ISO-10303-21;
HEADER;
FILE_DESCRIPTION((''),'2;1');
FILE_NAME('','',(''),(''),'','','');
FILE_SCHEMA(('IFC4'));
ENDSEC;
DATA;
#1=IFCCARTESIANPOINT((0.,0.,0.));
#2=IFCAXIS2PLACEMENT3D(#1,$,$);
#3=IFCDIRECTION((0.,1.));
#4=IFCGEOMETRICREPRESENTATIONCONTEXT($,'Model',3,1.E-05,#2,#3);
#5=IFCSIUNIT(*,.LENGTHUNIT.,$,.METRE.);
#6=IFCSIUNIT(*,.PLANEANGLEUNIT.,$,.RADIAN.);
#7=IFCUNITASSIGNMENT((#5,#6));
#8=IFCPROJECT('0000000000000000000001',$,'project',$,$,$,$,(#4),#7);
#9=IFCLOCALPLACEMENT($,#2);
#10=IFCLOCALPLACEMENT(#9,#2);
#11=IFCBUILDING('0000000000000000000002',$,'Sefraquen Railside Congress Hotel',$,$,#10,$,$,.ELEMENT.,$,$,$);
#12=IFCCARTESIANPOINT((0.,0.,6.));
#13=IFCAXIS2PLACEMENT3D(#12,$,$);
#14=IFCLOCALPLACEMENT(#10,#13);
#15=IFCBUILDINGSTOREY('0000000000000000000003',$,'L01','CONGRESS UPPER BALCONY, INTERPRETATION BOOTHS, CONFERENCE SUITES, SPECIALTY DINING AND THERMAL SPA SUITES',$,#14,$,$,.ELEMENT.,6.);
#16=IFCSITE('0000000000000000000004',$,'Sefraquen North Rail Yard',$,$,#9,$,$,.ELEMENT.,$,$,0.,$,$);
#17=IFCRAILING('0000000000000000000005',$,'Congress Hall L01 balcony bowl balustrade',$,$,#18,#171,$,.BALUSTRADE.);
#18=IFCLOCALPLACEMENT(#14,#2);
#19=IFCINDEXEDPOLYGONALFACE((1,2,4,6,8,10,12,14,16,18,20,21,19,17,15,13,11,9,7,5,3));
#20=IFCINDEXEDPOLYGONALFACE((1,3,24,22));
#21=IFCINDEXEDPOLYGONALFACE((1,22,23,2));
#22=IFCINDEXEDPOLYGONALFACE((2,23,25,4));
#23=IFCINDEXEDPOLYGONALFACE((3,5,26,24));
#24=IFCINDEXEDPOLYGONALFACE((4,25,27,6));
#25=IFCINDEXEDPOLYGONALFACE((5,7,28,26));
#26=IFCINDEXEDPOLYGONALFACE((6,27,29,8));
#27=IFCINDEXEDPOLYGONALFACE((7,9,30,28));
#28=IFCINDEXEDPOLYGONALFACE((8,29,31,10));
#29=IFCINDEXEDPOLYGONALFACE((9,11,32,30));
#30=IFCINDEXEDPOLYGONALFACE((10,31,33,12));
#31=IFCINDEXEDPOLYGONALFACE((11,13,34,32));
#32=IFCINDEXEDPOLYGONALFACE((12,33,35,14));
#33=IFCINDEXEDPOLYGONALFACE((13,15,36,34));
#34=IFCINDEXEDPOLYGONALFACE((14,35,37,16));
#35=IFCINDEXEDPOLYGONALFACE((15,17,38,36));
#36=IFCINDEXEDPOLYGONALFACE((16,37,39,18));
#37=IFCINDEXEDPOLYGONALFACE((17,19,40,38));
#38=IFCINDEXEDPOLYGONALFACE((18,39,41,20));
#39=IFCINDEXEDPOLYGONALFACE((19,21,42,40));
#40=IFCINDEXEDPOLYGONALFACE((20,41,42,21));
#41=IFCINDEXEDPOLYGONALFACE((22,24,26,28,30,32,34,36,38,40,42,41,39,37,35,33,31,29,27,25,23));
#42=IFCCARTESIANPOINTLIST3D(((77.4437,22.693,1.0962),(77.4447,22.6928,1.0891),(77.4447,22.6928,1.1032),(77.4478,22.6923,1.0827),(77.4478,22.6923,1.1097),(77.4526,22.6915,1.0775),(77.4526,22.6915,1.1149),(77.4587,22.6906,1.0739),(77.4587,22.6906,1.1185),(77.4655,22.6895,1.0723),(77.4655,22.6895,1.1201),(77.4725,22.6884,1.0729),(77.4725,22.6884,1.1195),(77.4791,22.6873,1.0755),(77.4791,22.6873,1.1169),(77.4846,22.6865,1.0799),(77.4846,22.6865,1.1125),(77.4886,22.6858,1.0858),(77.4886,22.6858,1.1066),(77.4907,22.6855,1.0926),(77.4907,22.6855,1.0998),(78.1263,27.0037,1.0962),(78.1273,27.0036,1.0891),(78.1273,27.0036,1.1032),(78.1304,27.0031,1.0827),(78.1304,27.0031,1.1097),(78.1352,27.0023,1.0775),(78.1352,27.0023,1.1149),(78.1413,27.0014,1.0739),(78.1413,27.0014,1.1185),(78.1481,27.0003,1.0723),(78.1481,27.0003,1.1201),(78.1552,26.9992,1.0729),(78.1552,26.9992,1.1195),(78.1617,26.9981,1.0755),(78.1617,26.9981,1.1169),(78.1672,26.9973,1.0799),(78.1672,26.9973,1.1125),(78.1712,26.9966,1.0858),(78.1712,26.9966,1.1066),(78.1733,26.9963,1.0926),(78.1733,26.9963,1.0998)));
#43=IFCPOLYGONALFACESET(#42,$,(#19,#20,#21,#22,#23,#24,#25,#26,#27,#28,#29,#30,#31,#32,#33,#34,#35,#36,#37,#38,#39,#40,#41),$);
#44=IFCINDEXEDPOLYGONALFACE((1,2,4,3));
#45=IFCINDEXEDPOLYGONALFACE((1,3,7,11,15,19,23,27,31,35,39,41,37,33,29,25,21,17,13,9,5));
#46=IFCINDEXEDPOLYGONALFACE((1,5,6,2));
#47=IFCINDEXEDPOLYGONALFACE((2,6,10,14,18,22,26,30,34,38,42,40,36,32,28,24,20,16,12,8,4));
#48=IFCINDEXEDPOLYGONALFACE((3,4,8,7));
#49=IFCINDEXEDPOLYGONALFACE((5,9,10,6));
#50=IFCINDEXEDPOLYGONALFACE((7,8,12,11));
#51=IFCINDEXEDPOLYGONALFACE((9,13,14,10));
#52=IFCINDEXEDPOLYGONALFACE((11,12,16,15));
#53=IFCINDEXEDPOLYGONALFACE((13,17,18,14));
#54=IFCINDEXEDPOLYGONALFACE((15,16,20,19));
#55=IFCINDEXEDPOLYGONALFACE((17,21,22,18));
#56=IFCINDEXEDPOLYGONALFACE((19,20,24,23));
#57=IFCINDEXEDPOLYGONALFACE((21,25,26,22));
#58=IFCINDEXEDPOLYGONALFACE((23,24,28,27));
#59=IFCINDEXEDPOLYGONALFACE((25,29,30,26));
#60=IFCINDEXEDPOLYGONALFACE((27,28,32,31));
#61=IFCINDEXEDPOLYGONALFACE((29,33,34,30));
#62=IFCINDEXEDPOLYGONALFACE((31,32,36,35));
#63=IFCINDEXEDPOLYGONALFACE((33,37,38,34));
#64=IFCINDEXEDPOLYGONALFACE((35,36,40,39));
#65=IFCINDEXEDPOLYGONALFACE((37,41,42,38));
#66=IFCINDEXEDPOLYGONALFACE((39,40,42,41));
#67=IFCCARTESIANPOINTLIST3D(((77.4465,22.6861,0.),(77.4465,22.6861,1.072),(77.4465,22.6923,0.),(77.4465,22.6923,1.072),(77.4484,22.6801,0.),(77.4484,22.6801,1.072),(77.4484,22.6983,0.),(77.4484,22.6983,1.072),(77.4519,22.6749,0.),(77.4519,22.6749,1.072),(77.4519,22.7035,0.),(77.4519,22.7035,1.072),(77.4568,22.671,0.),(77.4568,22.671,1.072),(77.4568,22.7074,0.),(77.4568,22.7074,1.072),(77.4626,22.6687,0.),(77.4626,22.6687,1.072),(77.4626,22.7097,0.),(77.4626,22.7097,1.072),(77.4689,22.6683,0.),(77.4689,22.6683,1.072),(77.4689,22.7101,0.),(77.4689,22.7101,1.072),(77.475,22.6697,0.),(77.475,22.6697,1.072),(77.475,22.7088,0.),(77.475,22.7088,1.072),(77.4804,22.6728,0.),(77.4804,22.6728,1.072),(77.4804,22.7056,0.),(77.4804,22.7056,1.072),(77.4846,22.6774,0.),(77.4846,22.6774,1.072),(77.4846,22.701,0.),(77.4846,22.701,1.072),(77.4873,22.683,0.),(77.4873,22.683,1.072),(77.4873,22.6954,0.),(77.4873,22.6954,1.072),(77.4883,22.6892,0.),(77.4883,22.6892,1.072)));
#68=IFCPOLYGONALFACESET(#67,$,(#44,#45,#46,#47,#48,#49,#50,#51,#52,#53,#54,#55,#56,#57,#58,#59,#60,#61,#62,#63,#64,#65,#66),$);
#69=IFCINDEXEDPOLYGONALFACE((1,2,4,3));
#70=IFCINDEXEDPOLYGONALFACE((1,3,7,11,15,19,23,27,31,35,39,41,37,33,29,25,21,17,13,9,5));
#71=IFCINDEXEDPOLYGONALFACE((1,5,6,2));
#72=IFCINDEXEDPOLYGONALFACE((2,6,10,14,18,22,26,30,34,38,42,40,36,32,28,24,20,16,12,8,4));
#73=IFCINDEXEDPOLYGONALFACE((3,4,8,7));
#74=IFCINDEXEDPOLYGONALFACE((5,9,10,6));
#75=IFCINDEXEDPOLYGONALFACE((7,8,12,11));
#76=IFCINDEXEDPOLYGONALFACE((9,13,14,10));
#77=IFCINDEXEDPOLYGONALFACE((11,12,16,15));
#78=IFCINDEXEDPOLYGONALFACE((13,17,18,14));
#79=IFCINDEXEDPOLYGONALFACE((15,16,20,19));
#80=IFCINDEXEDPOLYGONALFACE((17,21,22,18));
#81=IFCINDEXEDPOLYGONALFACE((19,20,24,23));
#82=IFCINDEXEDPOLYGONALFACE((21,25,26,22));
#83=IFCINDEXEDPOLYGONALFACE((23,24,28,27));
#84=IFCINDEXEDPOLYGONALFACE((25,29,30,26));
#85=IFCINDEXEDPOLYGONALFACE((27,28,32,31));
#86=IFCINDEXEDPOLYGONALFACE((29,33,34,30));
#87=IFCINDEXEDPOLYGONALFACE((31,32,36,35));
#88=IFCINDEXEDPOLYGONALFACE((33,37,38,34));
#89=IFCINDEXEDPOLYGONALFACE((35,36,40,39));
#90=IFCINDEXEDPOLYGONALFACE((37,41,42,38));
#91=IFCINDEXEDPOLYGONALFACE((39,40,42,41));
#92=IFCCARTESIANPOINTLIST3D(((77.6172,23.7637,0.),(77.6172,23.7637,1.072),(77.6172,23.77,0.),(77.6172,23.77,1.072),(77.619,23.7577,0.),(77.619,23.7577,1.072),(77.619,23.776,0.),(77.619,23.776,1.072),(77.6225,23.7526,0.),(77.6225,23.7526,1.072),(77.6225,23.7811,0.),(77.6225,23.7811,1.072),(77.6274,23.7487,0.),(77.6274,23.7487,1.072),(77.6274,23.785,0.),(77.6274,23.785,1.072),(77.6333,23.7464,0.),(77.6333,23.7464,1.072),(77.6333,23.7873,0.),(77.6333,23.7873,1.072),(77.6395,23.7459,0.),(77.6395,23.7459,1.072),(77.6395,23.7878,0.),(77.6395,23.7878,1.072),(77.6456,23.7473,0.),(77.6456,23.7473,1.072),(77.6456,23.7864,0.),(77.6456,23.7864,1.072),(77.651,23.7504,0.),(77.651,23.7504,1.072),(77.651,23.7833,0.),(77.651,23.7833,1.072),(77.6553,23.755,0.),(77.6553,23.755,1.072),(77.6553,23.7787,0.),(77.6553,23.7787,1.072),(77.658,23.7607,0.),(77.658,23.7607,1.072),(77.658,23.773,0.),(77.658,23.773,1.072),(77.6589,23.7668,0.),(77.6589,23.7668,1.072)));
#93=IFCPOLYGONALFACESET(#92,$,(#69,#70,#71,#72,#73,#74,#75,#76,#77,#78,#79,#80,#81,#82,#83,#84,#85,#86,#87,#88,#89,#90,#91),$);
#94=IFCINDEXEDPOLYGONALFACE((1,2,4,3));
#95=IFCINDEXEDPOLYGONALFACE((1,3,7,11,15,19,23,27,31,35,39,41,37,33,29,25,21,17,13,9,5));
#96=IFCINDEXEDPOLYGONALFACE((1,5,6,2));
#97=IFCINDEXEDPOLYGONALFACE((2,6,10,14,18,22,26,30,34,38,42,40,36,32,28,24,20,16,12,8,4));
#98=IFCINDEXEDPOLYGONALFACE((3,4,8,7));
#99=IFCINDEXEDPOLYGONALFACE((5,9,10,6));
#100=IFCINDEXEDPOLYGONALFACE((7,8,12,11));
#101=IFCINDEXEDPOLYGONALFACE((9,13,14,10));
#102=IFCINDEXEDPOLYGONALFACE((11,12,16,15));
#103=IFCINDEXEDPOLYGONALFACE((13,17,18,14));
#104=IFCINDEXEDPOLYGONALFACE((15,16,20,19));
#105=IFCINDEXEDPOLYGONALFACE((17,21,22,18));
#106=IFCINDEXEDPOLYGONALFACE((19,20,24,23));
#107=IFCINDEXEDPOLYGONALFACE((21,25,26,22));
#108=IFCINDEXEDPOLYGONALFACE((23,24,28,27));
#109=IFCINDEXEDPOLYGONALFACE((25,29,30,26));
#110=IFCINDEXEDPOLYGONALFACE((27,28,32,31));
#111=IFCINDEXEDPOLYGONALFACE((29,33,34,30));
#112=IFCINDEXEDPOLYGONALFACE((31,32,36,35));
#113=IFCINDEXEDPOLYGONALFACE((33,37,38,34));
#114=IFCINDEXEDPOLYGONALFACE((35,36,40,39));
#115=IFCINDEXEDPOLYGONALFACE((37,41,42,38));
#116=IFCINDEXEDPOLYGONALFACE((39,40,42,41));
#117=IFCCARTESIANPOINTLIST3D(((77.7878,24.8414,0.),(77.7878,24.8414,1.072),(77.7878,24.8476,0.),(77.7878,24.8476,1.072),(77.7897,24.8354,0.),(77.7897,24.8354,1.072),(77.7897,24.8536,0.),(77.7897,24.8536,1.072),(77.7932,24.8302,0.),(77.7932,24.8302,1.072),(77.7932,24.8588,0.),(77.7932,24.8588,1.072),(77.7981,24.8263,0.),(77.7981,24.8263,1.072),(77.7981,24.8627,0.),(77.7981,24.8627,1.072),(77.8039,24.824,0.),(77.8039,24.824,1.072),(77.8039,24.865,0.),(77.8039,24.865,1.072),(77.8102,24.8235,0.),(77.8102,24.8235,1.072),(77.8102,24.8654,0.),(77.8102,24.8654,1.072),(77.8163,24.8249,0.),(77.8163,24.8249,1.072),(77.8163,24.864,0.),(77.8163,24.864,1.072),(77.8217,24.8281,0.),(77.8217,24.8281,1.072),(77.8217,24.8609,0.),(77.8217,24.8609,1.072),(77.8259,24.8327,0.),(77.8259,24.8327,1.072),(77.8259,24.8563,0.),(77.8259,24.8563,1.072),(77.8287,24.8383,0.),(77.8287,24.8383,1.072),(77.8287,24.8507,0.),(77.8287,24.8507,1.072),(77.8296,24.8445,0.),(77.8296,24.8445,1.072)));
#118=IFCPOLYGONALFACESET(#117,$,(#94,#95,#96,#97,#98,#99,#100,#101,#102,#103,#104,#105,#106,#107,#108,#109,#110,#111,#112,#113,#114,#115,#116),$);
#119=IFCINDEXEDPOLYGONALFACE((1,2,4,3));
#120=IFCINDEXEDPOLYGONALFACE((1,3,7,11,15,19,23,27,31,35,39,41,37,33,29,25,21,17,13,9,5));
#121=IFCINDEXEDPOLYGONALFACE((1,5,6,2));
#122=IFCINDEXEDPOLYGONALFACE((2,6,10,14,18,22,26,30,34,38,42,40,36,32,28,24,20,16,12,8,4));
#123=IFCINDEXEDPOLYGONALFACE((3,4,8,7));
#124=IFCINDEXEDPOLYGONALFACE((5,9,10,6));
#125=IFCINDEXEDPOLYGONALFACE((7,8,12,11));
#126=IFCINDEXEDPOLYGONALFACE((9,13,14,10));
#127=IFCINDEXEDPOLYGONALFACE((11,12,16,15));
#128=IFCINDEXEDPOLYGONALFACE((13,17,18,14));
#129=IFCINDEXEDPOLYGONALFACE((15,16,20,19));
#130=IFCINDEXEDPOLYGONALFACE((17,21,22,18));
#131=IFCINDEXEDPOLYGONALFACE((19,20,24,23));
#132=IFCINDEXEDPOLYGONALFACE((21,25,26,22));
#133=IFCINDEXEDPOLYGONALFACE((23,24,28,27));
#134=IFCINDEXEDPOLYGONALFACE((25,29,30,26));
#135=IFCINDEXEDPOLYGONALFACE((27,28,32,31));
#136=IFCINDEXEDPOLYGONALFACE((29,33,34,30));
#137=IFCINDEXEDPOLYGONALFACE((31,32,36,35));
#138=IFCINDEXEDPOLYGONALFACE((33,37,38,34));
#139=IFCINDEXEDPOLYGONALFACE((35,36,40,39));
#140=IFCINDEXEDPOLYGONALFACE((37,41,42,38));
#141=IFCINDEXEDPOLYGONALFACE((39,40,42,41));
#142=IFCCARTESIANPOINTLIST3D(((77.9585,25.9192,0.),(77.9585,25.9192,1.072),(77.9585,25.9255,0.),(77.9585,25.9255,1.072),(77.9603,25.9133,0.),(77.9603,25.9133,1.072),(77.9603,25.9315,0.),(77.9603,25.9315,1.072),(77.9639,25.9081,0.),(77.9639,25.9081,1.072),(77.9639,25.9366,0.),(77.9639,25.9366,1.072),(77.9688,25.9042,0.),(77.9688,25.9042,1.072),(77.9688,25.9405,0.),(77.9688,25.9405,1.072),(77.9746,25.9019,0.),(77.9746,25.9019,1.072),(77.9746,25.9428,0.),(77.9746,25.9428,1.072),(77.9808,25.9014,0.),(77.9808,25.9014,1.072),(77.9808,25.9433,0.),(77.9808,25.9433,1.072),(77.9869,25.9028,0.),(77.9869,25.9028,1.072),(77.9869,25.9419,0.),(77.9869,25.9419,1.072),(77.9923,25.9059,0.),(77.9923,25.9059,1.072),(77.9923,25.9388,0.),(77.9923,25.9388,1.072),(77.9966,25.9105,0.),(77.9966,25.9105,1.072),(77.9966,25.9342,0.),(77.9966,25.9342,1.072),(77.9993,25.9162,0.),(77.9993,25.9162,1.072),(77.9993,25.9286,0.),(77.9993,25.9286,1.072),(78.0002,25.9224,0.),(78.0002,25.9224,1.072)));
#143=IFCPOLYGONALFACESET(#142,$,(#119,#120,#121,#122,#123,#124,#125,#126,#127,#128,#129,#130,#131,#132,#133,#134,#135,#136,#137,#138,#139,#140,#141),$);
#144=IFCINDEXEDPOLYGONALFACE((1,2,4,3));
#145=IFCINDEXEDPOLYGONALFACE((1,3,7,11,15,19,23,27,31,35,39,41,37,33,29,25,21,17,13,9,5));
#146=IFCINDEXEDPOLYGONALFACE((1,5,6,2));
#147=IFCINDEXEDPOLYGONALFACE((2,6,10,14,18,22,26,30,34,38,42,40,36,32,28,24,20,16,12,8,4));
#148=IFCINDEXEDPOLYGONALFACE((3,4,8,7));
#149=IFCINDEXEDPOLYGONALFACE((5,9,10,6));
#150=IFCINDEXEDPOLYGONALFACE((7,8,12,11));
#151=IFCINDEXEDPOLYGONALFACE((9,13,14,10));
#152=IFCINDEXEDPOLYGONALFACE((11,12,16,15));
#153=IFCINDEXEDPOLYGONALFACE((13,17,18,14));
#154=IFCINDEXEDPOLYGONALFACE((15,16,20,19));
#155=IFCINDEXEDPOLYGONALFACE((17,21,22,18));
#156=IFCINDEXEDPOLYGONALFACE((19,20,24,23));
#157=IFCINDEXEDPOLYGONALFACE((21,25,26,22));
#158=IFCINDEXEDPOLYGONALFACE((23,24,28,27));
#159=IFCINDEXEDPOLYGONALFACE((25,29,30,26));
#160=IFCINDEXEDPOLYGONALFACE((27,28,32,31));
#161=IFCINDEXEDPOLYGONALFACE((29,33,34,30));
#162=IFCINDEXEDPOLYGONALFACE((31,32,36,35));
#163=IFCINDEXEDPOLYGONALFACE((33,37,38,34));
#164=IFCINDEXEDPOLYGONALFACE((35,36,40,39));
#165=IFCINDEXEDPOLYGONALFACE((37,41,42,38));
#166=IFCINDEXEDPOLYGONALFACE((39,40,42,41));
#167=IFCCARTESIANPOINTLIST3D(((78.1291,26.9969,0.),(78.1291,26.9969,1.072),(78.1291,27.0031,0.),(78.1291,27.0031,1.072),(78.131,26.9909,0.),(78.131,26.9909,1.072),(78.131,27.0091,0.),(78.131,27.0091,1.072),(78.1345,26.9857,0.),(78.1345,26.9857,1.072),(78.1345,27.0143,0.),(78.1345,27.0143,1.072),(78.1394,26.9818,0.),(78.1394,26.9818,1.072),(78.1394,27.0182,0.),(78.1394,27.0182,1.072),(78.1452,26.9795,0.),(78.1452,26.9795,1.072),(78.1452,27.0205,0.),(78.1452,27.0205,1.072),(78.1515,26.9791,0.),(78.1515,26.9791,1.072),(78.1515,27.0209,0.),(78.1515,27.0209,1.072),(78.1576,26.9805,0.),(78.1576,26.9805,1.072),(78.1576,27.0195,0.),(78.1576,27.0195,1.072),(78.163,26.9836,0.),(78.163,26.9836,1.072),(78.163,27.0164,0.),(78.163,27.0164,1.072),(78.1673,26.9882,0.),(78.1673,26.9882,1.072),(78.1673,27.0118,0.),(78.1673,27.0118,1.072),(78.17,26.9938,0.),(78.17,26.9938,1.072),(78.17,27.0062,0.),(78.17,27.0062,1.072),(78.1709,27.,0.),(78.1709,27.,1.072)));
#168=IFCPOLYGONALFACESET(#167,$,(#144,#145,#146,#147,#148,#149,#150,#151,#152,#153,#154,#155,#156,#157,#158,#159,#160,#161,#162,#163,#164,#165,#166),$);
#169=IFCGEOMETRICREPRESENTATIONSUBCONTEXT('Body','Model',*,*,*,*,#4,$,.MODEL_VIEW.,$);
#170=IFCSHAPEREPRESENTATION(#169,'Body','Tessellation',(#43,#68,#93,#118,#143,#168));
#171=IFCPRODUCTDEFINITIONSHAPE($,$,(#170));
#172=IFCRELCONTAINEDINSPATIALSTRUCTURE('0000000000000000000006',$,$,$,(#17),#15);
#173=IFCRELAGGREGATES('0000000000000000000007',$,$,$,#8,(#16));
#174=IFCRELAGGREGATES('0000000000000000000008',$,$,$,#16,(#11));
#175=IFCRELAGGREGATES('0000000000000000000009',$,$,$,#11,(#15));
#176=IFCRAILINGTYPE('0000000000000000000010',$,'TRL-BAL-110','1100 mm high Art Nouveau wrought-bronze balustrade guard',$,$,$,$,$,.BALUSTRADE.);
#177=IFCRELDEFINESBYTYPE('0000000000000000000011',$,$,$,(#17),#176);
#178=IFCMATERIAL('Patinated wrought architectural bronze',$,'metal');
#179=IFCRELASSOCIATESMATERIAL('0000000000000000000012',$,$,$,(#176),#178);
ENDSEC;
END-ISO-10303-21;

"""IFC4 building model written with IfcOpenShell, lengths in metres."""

from ifc_helpers import new_model, si_unit, direction, frame, origin, origin_2d, place, context, subcontext, project, spatial, circle, extrude, material, type_object, element, save


model = new_model("IFC4")

# Units and contexts
model_context = context("Model", 3, precision=1e-05, world=origin(), true_north=direction((0.0, 1.0)))
body_context = subcontext(model_context, "Body", "Model", "MODEL_VIEW")
ifc_project = project(units=[si_unit("LENGTHUNIT", "METRE"), si_unit("PLANEANGLEUNIT", "RADIAN")], contexts=[model_context])

# Site, building, storey
site_placement = place(None, origin())
site = spatial("IfcSite", under=ifc_project, at=site_placement, Name="Sefraquen North Rail Yard", CompositionType="ELEMENT", RefElevation=0.0)
building_placement = place(site_placement, origin())
building = spatial("IfcBuilding", under=site, at=building_placement, Name="Sefraquen Railside Congress Hotel", CompositionType="ELEMENT")
storey_placement = place(building_placement, frame((0.0, 0.0, 6.0)))
storey = spatial("IfcBuildingStorey", under=building, at=storey_placement, Name="L01", Description="CONGRESS UPPER BALCONY, INTERPRETATION BOOTHS, CONFERENCE SUITES, SPECIALTY DINING AND THERMAL SPA SUITES", CompositionType="ELEMENT", Elevation=6.0)

# Railing
ifc_material_1 = material(Name="Patinated wrought architectural bronze", Category="metal")
railing_type = type_object("IfcRailingType", Name="TRL-BAL-110", Description="1100 mm high Art Nouveau wrought-bronze balustrade guard", PredefinedType="BALUSTRADE", material=ifc_material_1)
railing_1_placement = place(storey_placement, frame((77.4673, 22.6892, 0.0)))
element("IfcRailing", 1, at=railing_1_placement, inside=storey, type_object=railing_type, Name="Congress Hall L01 balcony bowl balustrade", PredefinedType="BALUSTRADE", context=body_context, shape_type="SweptSolid", body=[
    extrude(circle(Radius=0.0239, at=origin_2d()), frame((0.0, 0.0, 1.0962), z_axis=(0.156402, 0.987693, 0.0), x_axis=(-0.987693, 0.156402, 0.0)), (0.0, 0.0, 1.0), 4.3645),
    extrude(circle(Radius=0.021, at=origin_2d()), origin(), (0.0, 0.0, 1.0), 1.072),
    extrude(circle(Radius=0.021, at=origin_2d()), frame((0.1707, 1.0776, 0.0)), (0.0, 0.0, 1.0), 1.072),
    extrude(circle(Radius=0.021, at=origin_2d()), frame((0.3413, 2.1553, 0.0)), (0.0, 0.0, 1.0), 1.072),
    extrude(circle(Radius=0.021, at=origin_2d()), frame((0.512, 3.2332, 0.0)), (0.0, 0.0, 1.0), 1.072),
    extrude(circle(Radius=0.021, at=origin_2d()), frame((0.6826, 4.3108, 0.0)), (0.0, 0.0, 1.0), 1.072),
])

save(model, "model.ifc")
